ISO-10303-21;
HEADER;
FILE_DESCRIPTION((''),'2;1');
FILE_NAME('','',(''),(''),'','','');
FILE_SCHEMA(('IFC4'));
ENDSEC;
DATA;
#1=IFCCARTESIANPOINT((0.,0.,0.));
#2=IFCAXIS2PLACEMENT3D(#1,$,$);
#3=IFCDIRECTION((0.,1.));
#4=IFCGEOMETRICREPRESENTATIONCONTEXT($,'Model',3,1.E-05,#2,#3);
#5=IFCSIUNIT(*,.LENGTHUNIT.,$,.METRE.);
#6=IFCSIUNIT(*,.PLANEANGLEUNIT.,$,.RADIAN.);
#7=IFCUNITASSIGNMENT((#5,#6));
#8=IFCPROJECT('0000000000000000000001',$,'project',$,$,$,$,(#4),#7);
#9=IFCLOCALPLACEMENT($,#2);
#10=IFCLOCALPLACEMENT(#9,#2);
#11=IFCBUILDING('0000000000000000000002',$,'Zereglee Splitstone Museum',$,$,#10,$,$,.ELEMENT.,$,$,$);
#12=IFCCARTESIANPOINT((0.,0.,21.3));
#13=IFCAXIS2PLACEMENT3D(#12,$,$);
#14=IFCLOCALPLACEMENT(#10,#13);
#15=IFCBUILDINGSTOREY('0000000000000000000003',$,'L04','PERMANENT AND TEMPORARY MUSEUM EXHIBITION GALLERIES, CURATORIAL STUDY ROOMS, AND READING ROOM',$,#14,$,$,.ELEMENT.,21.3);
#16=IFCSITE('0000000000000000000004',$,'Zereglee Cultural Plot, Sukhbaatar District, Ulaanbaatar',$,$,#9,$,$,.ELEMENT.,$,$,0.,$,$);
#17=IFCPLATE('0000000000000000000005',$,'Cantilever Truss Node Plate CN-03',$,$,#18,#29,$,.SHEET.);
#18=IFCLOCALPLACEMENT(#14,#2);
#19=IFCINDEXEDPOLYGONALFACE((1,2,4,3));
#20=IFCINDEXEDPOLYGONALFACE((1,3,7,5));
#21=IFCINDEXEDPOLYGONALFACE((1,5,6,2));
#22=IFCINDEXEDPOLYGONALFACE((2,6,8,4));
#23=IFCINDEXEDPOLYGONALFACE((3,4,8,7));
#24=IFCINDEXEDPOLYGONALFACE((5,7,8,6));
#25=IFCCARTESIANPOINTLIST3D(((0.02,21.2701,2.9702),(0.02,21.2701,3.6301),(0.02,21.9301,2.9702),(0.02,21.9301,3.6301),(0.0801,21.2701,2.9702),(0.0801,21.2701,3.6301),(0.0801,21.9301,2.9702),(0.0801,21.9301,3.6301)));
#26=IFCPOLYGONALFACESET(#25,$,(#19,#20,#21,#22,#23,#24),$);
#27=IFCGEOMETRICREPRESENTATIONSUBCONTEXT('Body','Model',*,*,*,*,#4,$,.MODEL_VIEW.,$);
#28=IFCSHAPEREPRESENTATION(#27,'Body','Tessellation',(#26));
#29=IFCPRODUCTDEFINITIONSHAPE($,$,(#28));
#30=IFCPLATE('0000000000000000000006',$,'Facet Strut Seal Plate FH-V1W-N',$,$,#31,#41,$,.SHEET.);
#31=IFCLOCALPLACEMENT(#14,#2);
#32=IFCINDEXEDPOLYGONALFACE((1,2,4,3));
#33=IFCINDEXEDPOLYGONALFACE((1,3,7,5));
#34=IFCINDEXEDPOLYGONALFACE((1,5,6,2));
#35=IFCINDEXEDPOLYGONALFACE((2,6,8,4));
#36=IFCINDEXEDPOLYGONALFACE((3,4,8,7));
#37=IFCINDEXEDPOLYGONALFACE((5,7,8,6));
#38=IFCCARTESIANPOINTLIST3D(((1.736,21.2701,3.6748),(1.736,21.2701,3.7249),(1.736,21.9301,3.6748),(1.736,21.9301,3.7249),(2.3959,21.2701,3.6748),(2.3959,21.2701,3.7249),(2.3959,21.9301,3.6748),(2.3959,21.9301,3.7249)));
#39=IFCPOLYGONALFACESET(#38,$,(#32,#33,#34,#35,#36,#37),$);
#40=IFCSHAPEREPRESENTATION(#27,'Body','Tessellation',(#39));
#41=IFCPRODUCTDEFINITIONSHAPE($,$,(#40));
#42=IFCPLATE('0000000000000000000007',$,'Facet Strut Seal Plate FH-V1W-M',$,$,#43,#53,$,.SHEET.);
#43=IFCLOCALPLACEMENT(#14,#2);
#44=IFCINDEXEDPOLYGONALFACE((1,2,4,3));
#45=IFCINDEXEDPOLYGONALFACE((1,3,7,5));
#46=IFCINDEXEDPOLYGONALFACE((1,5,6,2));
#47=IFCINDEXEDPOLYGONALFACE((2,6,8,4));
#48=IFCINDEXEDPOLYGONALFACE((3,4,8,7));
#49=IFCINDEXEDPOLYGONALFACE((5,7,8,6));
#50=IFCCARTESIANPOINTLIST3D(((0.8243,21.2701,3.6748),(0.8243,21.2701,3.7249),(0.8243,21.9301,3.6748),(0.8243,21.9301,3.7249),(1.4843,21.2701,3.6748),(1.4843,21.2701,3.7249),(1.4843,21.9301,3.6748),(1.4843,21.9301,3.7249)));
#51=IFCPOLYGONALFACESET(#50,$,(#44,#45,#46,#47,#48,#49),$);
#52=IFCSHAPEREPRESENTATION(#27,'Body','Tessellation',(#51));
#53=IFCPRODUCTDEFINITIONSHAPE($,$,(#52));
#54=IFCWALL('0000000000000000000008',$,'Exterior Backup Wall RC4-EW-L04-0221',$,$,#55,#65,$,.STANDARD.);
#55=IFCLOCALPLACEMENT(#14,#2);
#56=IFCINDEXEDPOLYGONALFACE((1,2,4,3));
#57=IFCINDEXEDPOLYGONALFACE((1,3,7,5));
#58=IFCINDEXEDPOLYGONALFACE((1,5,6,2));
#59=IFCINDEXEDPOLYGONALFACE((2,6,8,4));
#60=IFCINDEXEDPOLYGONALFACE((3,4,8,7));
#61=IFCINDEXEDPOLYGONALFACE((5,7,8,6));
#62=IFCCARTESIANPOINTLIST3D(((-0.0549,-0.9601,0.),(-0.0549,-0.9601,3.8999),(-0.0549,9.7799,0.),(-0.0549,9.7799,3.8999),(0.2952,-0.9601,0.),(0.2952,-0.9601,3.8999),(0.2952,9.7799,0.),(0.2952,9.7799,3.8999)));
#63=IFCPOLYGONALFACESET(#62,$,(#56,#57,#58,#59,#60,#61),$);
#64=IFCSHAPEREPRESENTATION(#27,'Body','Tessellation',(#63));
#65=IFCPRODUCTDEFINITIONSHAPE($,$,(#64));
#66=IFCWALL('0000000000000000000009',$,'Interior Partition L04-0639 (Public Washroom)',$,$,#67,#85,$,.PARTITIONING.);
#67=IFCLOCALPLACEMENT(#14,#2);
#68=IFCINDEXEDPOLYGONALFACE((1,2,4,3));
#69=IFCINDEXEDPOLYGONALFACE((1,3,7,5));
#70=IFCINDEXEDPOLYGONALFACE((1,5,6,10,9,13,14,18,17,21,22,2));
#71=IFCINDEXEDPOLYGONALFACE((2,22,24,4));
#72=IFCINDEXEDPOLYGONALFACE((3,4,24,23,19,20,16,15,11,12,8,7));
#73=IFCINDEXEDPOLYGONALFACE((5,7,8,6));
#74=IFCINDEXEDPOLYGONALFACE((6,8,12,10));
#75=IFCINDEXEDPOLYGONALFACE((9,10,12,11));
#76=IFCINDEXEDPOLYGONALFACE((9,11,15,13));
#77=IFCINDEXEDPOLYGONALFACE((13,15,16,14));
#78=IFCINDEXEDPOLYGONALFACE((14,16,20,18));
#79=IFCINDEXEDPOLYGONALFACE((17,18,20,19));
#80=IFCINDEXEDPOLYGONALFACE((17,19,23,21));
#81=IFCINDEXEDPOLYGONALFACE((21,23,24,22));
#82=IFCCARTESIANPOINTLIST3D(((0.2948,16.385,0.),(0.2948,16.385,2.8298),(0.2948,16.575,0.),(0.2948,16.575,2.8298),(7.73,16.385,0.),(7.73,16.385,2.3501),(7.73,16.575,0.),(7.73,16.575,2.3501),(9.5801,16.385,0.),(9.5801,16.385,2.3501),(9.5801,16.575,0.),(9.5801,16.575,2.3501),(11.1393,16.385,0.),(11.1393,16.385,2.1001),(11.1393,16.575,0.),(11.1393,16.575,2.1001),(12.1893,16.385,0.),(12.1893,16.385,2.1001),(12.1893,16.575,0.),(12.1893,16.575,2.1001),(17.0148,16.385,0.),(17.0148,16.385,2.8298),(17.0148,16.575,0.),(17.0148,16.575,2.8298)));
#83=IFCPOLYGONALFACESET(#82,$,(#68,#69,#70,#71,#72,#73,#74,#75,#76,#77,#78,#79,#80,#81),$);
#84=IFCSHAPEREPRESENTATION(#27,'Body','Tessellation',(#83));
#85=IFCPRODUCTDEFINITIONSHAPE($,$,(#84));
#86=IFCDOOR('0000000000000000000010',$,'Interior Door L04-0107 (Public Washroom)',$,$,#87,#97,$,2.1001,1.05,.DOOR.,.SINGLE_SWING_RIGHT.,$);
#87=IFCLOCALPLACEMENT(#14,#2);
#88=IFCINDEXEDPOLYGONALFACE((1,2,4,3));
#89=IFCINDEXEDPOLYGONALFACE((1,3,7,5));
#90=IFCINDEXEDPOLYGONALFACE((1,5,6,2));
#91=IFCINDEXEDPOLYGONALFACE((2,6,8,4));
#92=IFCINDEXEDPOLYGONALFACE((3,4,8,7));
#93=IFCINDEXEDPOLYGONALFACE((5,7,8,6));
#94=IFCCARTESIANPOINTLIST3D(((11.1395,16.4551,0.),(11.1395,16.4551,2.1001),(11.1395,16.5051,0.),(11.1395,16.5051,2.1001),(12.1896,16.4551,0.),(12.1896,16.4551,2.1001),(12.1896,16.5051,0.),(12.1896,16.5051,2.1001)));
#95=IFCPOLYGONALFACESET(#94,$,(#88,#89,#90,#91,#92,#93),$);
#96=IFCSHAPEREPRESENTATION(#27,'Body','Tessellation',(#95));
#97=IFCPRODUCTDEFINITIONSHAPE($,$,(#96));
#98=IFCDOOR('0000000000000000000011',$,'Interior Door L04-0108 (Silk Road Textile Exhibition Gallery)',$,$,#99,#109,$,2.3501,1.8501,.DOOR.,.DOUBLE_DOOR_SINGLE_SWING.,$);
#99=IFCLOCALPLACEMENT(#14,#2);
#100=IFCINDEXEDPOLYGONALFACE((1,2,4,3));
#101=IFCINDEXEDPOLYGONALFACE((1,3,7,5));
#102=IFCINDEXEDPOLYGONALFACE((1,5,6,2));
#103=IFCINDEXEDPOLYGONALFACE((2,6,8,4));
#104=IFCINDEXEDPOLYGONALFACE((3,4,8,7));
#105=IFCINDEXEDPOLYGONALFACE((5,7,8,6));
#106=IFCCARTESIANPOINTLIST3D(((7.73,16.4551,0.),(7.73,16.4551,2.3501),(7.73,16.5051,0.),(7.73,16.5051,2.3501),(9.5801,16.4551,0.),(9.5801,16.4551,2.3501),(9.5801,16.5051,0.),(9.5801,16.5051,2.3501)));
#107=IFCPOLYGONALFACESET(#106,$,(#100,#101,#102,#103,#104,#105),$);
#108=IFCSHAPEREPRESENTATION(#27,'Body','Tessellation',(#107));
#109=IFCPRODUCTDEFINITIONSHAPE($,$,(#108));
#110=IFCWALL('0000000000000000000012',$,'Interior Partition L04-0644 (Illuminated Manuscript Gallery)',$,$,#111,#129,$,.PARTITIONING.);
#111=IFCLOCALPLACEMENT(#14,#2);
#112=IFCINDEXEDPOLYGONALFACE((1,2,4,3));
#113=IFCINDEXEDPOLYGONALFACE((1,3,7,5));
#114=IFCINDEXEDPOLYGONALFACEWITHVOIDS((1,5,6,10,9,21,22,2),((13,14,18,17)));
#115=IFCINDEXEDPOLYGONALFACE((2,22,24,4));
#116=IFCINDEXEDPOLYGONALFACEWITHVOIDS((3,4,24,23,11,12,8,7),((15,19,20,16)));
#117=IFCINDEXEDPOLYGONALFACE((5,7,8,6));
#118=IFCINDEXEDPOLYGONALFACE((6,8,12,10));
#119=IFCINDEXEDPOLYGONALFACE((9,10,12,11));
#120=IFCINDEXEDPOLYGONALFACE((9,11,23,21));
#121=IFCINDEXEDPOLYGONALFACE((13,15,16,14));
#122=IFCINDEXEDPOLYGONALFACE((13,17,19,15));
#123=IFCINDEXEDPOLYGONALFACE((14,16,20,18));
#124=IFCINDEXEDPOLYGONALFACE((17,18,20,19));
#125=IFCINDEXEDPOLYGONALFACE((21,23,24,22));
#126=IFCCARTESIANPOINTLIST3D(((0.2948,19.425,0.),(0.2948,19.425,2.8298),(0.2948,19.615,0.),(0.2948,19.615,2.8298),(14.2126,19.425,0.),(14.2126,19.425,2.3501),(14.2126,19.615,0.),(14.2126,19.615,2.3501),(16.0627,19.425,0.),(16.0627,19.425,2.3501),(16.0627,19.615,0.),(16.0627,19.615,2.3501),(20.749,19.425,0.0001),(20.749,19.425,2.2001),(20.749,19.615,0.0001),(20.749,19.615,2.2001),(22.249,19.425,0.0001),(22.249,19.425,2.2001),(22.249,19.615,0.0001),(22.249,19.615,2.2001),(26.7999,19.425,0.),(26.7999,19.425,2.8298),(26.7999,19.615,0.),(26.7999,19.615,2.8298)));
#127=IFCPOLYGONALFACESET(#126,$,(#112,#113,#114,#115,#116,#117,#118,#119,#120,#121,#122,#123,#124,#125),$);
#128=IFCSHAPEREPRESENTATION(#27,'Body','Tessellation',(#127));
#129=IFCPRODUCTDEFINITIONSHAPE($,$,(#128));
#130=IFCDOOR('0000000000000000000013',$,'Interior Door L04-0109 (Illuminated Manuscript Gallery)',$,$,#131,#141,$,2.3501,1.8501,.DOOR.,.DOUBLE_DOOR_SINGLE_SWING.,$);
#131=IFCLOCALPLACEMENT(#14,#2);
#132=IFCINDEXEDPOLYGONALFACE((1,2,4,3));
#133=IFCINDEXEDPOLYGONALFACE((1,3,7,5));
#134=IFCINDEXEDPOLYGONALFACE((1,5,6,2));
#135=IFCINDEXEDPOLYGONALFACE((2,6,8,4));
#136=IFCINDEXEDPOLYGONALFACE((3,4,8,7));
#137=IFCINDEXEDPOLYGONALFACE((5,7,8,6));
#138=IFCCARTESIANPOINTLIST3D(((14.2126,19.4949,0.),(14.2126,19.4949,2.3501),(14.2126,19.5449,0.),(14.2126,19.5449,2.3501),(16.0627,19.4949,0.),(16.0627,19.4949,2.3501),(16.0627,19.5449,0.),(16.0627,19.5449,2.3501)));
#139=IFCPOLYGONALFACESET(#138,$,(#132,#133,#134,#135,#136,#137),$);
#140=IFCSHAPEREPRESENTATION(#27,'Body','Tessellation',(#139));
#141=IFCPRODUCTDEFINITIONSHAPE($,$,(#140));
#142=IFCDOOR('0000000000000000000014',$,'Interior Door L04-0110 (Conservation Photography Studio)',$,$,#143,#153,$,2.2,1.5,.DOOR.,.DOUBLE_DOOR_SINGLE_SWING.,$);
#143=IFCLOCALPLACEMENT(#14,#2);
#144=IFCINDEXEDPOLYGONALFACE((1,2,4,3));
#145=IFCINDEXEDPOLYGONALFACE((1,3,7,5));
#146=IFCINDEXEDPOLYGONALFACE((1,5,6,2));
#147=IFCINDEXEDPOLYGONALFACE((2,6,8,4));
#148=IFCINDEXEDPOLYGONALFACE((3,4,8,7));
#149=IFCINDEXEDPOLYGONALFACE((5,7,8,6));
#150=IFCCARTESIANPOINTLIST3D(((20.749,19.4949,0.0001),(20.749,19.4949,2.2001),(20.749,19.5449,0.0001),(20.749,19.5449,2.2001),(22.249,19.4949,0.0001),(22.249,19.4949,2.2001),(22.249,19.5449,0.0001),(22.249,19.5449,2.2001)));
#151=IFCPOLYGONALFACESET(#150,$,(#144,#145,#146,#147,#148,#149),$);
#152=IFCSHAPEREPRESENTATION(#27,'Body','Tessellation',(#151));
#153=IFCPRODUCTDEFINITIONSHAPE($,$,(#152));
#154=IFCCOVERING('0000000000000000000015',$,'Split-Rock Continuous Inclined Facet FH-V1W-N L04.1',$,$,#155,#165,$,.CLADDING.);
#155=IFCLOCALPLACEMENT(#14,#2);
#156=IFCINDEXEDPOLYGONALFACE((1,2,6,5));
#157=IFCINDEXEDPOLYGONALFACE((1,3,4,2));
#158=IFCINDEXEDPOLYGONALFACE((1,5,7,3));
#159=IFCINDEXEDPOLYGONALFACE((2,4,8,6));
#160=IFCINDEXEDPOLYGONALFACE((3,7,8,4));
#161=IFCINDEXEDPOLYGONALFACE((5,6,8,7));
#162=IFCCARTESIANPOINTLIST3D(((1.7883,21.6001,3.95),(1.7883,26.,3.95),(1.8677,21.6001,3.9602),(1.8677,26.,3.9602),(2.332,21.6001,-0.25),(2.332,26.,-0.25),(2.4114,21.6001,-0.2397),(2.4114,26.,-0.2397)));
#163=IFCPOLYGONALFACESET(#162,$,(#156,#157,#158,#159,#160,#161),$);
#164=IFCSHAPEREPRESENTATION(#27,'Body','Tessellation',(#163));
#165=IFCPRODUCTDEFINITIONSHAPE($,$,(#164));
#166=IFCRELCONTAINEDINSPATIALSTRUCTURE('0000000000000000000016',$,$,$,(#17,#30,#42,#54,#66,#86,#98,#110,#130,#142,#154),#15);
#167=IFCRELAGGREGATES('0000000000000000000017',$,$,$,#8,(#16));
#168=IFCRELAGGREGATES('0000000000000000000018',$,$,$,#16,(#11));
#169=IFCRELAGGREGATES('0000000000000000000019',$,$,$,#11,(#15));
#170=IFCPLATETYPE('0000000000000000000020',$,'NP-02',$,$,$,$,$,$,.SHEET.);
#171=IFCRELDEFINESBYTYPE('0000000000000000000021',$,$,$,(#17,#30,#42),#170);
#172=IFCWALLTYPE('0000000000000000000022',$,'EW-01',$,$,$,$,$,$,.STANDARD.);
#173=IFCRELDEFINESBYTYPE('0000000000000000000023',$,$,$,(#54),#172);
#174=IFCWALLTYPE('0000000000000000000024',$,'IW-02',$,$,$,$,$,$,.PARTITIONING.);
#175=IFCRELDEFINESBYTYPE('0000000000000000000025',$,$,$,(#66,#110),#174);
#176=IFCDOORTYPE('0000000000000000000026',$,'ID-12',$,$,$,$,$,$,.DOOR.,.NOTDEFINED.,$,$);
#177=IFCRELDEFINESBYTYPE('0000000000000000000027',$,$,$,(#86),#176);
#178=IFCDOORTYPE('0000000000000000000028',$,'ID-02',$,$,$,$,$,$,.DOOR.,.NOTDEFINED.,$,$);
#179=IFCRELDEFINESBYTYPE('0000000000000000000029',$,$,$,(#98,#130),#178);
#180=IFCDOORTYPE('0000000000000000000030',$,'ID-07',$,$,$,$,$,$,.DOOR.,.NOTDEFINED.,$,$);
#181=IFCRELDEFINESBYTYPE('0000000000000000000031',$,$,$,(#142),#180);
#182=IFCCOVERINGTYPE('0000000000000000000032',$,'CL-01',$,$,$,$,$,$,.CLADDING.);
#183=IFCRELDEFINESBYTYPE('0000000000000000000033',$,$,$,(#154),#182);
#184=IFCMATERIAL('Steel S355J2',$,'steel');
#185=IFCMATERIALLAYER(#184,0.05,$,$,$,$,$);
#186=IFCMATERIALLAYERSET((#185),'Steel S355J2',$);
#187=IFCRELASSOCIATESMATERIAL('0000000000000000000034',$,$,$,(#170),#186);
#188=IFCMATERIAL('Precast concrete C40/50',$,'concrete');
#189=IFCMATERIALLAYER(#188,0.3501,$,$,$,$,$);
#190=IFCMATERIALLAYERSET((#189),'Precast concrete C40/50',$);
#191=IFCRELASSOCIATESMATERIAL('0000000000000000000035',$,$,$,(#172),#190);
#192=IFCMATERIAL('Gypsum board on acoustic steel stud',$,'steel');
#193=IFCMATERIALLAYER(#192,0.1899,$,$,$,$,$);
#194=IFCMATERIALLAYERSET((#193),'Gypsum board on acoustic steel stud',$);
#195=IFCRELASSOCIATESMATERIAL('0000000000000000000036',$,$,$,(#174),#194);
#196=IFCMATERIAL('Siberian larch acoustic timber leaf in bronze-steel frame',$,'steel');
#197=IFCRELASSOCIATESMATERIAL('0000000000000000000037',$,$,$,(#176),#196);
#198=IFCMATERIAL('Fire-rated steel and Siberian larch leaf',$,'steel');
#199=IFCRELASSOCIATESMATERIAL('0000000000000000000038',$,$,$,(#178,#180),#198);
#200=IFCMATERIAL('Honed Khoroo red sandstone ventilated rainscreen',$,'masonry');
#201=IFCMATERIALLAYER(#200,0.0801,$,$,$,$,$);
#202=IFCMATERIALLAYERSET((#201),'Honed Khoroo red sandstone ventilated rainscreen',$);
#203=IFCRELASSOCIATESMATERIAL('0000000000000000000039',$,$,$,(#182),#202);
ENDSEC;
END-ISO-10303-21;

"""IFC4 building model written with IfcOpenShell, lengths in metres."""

from ifc_helpers import new_model, si_unit, direction, frame, frame_2d, origin, origin_2d, place, context, subcontext, project, spatial, polyline, rectangle, outline, extrude, material, layer, layer_set, type_object, element, fill, save


model = new_model("IFC4")

# Units and contexts
model_context = context("Model", 3, precision=1e-05, world=origin(), true_north=direction((0.0, 1.0)))
body_context = subcontext(model_context, "Body", "Model", "MODEL_VIEW")
ifc_project = project(units=[si_unit("LENGTHUNIT", "METRE"), si_unit("PLANEANGLEUNIT", "RADIAN")], contexts=[model_context])

# Site, building, storey
site_placement = place(None, origin())
site = spatial("IfcSite", under=ifc_project, at=site_placement, Name="Zereglee Cultural Plot, Sukhbaatar District, Ulaanbaatar", CompositionType="ELEMENT", RefElevation=0.0)
building_placement = place(site_placement, origin())
building = spatial("IfcBuilding", under=site, at=building_placement, Name="Zereglee Splitstone Museum", CompositionType="ELEMENT")
storey_placement = place(building_placement, frame((0.0, 0.0, 21.3)))
storey = spatial("IfcBuildingStorey", under=building, at=storey_placement, Name="L04", Description="PERMANENT AND TEMPORARY MUSEUM EXHIBITION GALLERIES, CURATORIAL STUDY ROOMS, AND READING ROOM", CompositionType="ELEMENT", Elevation=21.3)

# Shared definitions
ifc_material_1 = material(Name="Steel S355J2", Category="steel")

# Plates
ifc_layer_1 = layer(ifc_material_1, 0.05)
ifc_layer_set_1 = layer_set([ifc_layer_1], Name="Steel S355J2")
plate_type_1 = type_object("IfcPlateType", Name="NP-02", PredefinedType="SHEET", material=ifc_layer_set_1)
plate_1_placement = place(storey_placement, frame((0.05, 21.6001, 2.9702), z_axis=(0.0, 0.0, 1.0), x_axis=(1.0, 0.0, 0.0)))
element("IfcPlate", 1, at=plate_1_placement, inside=storey, type_object=plate_type_1, Name="Cantilever Truss Node Plate CN-03", PredefinedType="SHEET", context=body_context, shape_type="SweptSolid", body=[
    extrude(rectangle(XDim=0.0601, YDim=0.6599, at=origin_2d()), origin(), (0.0, 0.0, 1.0), 0.6599),
])
for number, where, z_axis, x_axis, name in (
    (2, (2.0659, 21.6001, 3.6748), (0.0, 0.0, 1.0), (1.0, 0.0, 0.0), "Facet Strut Seal Plate FH-V1W-N"),
    (3, (1.1543, 21.6001, 3.6748), (0.0, 0.0, 1.0), (1.0, 0.0, 0.0), "Facet Strut Seal Plate FH-V1W-M"),
):
    element("IfcPlate", number, at=place(storey_placement, frame(where, z_axis=z_axis, x_axis=x_axis)), inside=storey, type_object=plate_type_1, Name=name, PredefinedType="SHEET", context=body_context, shape_type="SweptSolid", body=[
        extrude(rectangle(XDim=0.6599, YDim=0.6599, at=origin_2d()), origin(), (0.0, 0.0, 1.0), 0.05),
    ])

# Wall
ifc_material_2 = material(Name="Precast concrete C40/50", Category="concrete")
ifc_layer_2 = layer(ifc_material_2, 0.3501)
ifc_layer_set_2 = layer_set([ifc_layer_2], Name="Precast concrete C40/50")
wall_type_1 = type_object("IfcWallType", Name="EW-01", PredefinedType="STANDARD", material=ifc_layer_set_2)
wall_1_placement = place(storey_placement, frame((0.1201, 9.78, 0.0), z_axis=(0.0, 0.0, 1.0), x_axis=(0.0, -1.0, 0.0)))
element("IfcWall", 4, at=wall_1_placement, inside=storey, type_object=wall_type_1, Name="Exterior Backup Wall RC4-EW-L04-0221", PredefinedType="STANDARD", context=body_context, shape_type="SweptSolid", body=[
    extrude(rectangle(XDim=10.74, YDim=0.3501, at=frame_2d((5.3701, 0.0))), origin(), (0.0, 0.0, 1.0), 3.8999),
])

# Walls, openings, doors
ifc_material_3 = material(Name="Gypsum board on acoustic steel stud", Category="steel")
ifc_layer_3 = layer(ifc_material_3, 0.1899)
ifc_layer_set_3 = layer_set([ifc_layer_3], Name="Gypsum board on acoustic steel stud")
wall_type_2 = type_object("IfcWallType", Name="IW-02", PredefinedType="PARTITIONING", material=ifc_layer_set_3)
wall_2_placement = place(storey_placement, frame((0.2949, 16.48, 0.0), z_axis=(0.0, 0.0, 1.0), x_axis=(1.0, 0.0, 0.0)))
wall_2 = element("IfcWall", 5, at=wall_2_placement, inside=storey, type_object=wall_type_2, Name="Interior Partition L04-0639 (Public Washroom)", PredefinedType="PARTITIONING", context=body_context, shape_type="SweptSolid", body=[
    extrude(rectangle(XDim=16.72, YDim=0.1899, at=frame_2d((8.3599, 0.0))), origin(), (0.0, 0.0, 1.0), 2.8298),
])
opening_1_placement = place(wall_2_placement, frame((10.8445, 0.0, 0.0)))
opening_1 = element("IfcOpeningElement", 6, at=opening_1_placement, cuts=wall_2, PredefinedType="OPENING", context=body_context, shape_type="SweptSolid", body=[
    extrude(rectangle(XDim=1.05, YDim=2.1001, at=frame_2d((0.5249, 1.05))), frame((0.0, 0.1099, 0.0), z_axis=(0.0, -1.0, 0.0), x_axis=(1.0, 0.0, 0.0)), (0.0, 0.0, 1.0), 0.2197),
])
opening_2_placement = place(wall_2_placement, frame((7.4351, 0.0, 0.0)))
opening_2 = element("IfcOpeningElement", 7, at=opening_2_placement, cuts=wall_2, PredefinedType="OPENING", context=body_context, shape_type="SweptSolid", body=[
    extrude(rectangle(XDim=1.8501, YDim=2.3501, at=frame_2d((0.925, 1.175))), frame((0.0, 0.1099, 0.0), z_axis=(0.0, -1.0, 0.0), x_axis=(1.0, 0.0, 0.0)), (0.0, 0.0, 1.0), 0.2197),
])
ifc_material_4 = material(Name="Siberian larch acoustic timber leaf in bronze-steel frame", Category="steel")
door_type_1 = type_object("IfcDoorType", Name="ID-12", OperationType="NOTDEFINED", PredefinedType="DOOR", material=ifc_material_4)
door_1_placement = place(opening_1_placement, frame((1.05, 0.0, 0.0), z_axis=(0.0, 0.0, 1.0), x_axis=(-1.0, 0.0, 0.0)))
door_1 = element("IfcDoor", 8, at=door_1_placement, inside=storey, type_object=door_type_1, Name="Interior Door L04-0107 (Public Washroom)", OperationType="SINGLE_SWING_RIGHT", OverallHeight=2.1001, OverallWidth=1.05, PredefinedType="DOOR", context=body_context, shape_type="SweptSolid", body=[
    extrude(rectangle(XDim=1.05, YDim=2.1001, at=frame_2d((0.5249, 1.05))), frame((0.0, 0.0249, 0.0), z_axis=(0.0, -1.0, 0.0), x_axis=(1.0, 0.0, 0.0)), (0.0, 0.0, 1.0), 0.05),
])
fill(opening_1, door_1)
ifc_material_5 = material(Name="Fire-rated steel and Siberian larch leaf", Category="steel")
door_type_2 = type_object("IfcDoorType", Name="ID-02", OperationType="NOTDEFINED", PredefinedType="DOOR", material=ifc_material_5)
door_2_placement = place(opening_2_placement, frame((1.8501, 0.0, 0.0), z_axis=(0.0, 0.0, 1.0), x_axis=(-1.0, 0.0, 0.0)))
door_2 = element("IfcDoor", 9, at=door_2_placement, inside=storey, type_object=door_type_2, Name="Interior Door L04-0108 (Silk Road Textile Exhibition Gallery)", OperationType="DOUBLE_DOOR_SINGLE_SWING", OverallHeight=2.3501, OverallWidth=1.8501, PredefinedType="DOOR", context=body_context, shape_type="SweptSolid", body=[
    extrude(rectangle(XDim=1.8501, YDim=2.3501, at=frame_2d((0.925, 1.175))), frame((0.0, 0.0249, 0.0), z_axis=(0.0, -1.0, 0.0), x_axis=(1.0, 0.0, 0.0)), (0.0, 0.0, 1.0), 0.05),
])
fill(opening_2, door_2)
wall_3_placement = place(storey_placement, frame((0.2949, 19.52, 0.0), z_axis=(0.0, 0.0, 1.0), x_axis=(1.0, 0.0, 0.0)))
wall_3 = element("IfcWall", 10, at=wall_3_placement, inside=storey, type_object=wall_type_2, Name="Interior Partition L04-0644 (Illuminated Manuscript Gallery)", PredefinedType="PARTITIONING", context=body_context, shape_type="SweptSolid", body=[
    extrude(rectangle(XDim=26.5051, YDim=0.1899, at=frame_2d((13.2524, 0.0))), origin(), (0.0, 0.0, 1.0), 2.8298),
])
opening_3_placement = place(wall_3_placement, frame((13.9177, 0.0, 0.0)))
opening_3 = element("IfcOpeningElement", 11, at=opening_3_placement, cuts=wall_3, PredefinedType="OPENING", context=body_context, shape_type="SweptSolid", body=[
    extrude(rectangle(XDim=1.8501, YDim=2.3501, at=frame_2d((0.925, 1.175))), frame((0.0, 0.1099, 0.0), z_axis=(0.0, -1.0, 0.0), x_axis=(1.0, 0.0, 0.0)), (0.0, 0.0, 1.0), 0.2197),
])
opening_4_placement = place(wall_3_placement, frame((20.4541, 0.0, 0.0)))
opening_4 = element("IfcOpeningElement", 12, at=opening_4_placement, cuts=wall_3, PredefinedType="OPENING", context=body_context, shape_type="SweptSolid", body=[
    extrude(rectangle(XDim=1.5, YDim=2.2, at=frame_2d((0.75, 1.1001))), frame((0.0, 0.1099, 0.0), z_axis=(0.0, -1.0, 0.0), x_axis=(1.0, 0.0, 0.0)), (0.0, 0.0, 1.0), 0.2197),
])
door_3_placement = place(opening_3_placement, origin())
door_3 = element("IfcDoor", 13, at=door_3_placement, inside=storey, type_object=door_type_2, Name="Interior Door L04-0109 (Illuminated Manuscript Gallery)", OperationType="DOUBLE_DOOR_SINGLE_SWING", OverallHeight=2.3501, OverallWidth=1.8501, PredefinedType="DOOR", context=body_context, shape_type="SweptSolid", body=[
    extrude(rectangle(XDim=1.8501, YDim=2.3501, at=frame_2d((0.925, 1.175))), frame((0.0, 0.0249, 0.0), z_axis=(0.0, -1.0, 0.0), x_axis=(1.0, 0.0, 0.0)), (0.0, 0.0, 1.0), 0.05),
])
fill(opening_3, door_3)
door_type_3 = type_object("IfcDoorType", Name="ID-07", OperationType="NOTDEFINED", PredefinedType="DOOR", material=ifc_material_5)
door_4_placement = place(opening_4_placement, origin())
door_4 = element("IfcDoor", 14, at=door_4_placement, inside=storey, type_object=door_type_3, Name="Interior Door L04-0110 (Conservation Photography Studio)", OperationType="DOUBLE_DOOR_SINGLE_SWING", OverallHeight=2.2, OverallWidth=1.5, PredefinedType="DOOR", context=body_context, shape_type="SweptSolid", body=[
    extrude(rectangle(XDim=1.5, YDim=2.2, at=frame_2d((0.75, 1.1001))), frame((0.0, 0.0249, 0.0), z_axis=(0.0, -1.0, 0.0), x_axis=(1.0, 0.0, 0.0)), (0.0, 0.0, 1.0), 0.05),
])
fill(opening_4, door_4)

# Covering
ifc_material_6 = material(Name="Honed Khoroo red sandstone ventilated rainscreen", Category="masonry")
ifc_layer_4 = layer(ifc_material_6, 0.0801)
ifc_layer_set_4 = layer_set([ifc_layer_4], Name="Honed Khoroo red sandstone ventilated rainscreen")
covering_type = type_object("IfcCoveringType", Name="CL-01", PredefinedType="CLADDING", material=ifc_layer_set_4)
covering_1_placement = place(storey_placement, frame((1.7883, 21.6001, 3.95), z_axis=(-0.991725, 0.0, -0.128383), x_axis=(0.0, 1.0, 0.0)))
element("IfcCovering", 15, at=covering_1_placement, inside=storey, type_object=covering_type, Name="Split-Rock Continuous Inclined Facet FH-V1W-N L04.1", PredefinedType="CLADDING", context=body_context, shape_type="SweptSolid", body=[
    extrude(outline(polyline([(0.0, 0.0), (4.3999, 0.0), (4.3999, 4.235), (0.0, 4.235), (0.0, 0.0)])), origin(), (0.0, 0.0, -1.0), 0.0801),
])

save(model, "model.ifc")
